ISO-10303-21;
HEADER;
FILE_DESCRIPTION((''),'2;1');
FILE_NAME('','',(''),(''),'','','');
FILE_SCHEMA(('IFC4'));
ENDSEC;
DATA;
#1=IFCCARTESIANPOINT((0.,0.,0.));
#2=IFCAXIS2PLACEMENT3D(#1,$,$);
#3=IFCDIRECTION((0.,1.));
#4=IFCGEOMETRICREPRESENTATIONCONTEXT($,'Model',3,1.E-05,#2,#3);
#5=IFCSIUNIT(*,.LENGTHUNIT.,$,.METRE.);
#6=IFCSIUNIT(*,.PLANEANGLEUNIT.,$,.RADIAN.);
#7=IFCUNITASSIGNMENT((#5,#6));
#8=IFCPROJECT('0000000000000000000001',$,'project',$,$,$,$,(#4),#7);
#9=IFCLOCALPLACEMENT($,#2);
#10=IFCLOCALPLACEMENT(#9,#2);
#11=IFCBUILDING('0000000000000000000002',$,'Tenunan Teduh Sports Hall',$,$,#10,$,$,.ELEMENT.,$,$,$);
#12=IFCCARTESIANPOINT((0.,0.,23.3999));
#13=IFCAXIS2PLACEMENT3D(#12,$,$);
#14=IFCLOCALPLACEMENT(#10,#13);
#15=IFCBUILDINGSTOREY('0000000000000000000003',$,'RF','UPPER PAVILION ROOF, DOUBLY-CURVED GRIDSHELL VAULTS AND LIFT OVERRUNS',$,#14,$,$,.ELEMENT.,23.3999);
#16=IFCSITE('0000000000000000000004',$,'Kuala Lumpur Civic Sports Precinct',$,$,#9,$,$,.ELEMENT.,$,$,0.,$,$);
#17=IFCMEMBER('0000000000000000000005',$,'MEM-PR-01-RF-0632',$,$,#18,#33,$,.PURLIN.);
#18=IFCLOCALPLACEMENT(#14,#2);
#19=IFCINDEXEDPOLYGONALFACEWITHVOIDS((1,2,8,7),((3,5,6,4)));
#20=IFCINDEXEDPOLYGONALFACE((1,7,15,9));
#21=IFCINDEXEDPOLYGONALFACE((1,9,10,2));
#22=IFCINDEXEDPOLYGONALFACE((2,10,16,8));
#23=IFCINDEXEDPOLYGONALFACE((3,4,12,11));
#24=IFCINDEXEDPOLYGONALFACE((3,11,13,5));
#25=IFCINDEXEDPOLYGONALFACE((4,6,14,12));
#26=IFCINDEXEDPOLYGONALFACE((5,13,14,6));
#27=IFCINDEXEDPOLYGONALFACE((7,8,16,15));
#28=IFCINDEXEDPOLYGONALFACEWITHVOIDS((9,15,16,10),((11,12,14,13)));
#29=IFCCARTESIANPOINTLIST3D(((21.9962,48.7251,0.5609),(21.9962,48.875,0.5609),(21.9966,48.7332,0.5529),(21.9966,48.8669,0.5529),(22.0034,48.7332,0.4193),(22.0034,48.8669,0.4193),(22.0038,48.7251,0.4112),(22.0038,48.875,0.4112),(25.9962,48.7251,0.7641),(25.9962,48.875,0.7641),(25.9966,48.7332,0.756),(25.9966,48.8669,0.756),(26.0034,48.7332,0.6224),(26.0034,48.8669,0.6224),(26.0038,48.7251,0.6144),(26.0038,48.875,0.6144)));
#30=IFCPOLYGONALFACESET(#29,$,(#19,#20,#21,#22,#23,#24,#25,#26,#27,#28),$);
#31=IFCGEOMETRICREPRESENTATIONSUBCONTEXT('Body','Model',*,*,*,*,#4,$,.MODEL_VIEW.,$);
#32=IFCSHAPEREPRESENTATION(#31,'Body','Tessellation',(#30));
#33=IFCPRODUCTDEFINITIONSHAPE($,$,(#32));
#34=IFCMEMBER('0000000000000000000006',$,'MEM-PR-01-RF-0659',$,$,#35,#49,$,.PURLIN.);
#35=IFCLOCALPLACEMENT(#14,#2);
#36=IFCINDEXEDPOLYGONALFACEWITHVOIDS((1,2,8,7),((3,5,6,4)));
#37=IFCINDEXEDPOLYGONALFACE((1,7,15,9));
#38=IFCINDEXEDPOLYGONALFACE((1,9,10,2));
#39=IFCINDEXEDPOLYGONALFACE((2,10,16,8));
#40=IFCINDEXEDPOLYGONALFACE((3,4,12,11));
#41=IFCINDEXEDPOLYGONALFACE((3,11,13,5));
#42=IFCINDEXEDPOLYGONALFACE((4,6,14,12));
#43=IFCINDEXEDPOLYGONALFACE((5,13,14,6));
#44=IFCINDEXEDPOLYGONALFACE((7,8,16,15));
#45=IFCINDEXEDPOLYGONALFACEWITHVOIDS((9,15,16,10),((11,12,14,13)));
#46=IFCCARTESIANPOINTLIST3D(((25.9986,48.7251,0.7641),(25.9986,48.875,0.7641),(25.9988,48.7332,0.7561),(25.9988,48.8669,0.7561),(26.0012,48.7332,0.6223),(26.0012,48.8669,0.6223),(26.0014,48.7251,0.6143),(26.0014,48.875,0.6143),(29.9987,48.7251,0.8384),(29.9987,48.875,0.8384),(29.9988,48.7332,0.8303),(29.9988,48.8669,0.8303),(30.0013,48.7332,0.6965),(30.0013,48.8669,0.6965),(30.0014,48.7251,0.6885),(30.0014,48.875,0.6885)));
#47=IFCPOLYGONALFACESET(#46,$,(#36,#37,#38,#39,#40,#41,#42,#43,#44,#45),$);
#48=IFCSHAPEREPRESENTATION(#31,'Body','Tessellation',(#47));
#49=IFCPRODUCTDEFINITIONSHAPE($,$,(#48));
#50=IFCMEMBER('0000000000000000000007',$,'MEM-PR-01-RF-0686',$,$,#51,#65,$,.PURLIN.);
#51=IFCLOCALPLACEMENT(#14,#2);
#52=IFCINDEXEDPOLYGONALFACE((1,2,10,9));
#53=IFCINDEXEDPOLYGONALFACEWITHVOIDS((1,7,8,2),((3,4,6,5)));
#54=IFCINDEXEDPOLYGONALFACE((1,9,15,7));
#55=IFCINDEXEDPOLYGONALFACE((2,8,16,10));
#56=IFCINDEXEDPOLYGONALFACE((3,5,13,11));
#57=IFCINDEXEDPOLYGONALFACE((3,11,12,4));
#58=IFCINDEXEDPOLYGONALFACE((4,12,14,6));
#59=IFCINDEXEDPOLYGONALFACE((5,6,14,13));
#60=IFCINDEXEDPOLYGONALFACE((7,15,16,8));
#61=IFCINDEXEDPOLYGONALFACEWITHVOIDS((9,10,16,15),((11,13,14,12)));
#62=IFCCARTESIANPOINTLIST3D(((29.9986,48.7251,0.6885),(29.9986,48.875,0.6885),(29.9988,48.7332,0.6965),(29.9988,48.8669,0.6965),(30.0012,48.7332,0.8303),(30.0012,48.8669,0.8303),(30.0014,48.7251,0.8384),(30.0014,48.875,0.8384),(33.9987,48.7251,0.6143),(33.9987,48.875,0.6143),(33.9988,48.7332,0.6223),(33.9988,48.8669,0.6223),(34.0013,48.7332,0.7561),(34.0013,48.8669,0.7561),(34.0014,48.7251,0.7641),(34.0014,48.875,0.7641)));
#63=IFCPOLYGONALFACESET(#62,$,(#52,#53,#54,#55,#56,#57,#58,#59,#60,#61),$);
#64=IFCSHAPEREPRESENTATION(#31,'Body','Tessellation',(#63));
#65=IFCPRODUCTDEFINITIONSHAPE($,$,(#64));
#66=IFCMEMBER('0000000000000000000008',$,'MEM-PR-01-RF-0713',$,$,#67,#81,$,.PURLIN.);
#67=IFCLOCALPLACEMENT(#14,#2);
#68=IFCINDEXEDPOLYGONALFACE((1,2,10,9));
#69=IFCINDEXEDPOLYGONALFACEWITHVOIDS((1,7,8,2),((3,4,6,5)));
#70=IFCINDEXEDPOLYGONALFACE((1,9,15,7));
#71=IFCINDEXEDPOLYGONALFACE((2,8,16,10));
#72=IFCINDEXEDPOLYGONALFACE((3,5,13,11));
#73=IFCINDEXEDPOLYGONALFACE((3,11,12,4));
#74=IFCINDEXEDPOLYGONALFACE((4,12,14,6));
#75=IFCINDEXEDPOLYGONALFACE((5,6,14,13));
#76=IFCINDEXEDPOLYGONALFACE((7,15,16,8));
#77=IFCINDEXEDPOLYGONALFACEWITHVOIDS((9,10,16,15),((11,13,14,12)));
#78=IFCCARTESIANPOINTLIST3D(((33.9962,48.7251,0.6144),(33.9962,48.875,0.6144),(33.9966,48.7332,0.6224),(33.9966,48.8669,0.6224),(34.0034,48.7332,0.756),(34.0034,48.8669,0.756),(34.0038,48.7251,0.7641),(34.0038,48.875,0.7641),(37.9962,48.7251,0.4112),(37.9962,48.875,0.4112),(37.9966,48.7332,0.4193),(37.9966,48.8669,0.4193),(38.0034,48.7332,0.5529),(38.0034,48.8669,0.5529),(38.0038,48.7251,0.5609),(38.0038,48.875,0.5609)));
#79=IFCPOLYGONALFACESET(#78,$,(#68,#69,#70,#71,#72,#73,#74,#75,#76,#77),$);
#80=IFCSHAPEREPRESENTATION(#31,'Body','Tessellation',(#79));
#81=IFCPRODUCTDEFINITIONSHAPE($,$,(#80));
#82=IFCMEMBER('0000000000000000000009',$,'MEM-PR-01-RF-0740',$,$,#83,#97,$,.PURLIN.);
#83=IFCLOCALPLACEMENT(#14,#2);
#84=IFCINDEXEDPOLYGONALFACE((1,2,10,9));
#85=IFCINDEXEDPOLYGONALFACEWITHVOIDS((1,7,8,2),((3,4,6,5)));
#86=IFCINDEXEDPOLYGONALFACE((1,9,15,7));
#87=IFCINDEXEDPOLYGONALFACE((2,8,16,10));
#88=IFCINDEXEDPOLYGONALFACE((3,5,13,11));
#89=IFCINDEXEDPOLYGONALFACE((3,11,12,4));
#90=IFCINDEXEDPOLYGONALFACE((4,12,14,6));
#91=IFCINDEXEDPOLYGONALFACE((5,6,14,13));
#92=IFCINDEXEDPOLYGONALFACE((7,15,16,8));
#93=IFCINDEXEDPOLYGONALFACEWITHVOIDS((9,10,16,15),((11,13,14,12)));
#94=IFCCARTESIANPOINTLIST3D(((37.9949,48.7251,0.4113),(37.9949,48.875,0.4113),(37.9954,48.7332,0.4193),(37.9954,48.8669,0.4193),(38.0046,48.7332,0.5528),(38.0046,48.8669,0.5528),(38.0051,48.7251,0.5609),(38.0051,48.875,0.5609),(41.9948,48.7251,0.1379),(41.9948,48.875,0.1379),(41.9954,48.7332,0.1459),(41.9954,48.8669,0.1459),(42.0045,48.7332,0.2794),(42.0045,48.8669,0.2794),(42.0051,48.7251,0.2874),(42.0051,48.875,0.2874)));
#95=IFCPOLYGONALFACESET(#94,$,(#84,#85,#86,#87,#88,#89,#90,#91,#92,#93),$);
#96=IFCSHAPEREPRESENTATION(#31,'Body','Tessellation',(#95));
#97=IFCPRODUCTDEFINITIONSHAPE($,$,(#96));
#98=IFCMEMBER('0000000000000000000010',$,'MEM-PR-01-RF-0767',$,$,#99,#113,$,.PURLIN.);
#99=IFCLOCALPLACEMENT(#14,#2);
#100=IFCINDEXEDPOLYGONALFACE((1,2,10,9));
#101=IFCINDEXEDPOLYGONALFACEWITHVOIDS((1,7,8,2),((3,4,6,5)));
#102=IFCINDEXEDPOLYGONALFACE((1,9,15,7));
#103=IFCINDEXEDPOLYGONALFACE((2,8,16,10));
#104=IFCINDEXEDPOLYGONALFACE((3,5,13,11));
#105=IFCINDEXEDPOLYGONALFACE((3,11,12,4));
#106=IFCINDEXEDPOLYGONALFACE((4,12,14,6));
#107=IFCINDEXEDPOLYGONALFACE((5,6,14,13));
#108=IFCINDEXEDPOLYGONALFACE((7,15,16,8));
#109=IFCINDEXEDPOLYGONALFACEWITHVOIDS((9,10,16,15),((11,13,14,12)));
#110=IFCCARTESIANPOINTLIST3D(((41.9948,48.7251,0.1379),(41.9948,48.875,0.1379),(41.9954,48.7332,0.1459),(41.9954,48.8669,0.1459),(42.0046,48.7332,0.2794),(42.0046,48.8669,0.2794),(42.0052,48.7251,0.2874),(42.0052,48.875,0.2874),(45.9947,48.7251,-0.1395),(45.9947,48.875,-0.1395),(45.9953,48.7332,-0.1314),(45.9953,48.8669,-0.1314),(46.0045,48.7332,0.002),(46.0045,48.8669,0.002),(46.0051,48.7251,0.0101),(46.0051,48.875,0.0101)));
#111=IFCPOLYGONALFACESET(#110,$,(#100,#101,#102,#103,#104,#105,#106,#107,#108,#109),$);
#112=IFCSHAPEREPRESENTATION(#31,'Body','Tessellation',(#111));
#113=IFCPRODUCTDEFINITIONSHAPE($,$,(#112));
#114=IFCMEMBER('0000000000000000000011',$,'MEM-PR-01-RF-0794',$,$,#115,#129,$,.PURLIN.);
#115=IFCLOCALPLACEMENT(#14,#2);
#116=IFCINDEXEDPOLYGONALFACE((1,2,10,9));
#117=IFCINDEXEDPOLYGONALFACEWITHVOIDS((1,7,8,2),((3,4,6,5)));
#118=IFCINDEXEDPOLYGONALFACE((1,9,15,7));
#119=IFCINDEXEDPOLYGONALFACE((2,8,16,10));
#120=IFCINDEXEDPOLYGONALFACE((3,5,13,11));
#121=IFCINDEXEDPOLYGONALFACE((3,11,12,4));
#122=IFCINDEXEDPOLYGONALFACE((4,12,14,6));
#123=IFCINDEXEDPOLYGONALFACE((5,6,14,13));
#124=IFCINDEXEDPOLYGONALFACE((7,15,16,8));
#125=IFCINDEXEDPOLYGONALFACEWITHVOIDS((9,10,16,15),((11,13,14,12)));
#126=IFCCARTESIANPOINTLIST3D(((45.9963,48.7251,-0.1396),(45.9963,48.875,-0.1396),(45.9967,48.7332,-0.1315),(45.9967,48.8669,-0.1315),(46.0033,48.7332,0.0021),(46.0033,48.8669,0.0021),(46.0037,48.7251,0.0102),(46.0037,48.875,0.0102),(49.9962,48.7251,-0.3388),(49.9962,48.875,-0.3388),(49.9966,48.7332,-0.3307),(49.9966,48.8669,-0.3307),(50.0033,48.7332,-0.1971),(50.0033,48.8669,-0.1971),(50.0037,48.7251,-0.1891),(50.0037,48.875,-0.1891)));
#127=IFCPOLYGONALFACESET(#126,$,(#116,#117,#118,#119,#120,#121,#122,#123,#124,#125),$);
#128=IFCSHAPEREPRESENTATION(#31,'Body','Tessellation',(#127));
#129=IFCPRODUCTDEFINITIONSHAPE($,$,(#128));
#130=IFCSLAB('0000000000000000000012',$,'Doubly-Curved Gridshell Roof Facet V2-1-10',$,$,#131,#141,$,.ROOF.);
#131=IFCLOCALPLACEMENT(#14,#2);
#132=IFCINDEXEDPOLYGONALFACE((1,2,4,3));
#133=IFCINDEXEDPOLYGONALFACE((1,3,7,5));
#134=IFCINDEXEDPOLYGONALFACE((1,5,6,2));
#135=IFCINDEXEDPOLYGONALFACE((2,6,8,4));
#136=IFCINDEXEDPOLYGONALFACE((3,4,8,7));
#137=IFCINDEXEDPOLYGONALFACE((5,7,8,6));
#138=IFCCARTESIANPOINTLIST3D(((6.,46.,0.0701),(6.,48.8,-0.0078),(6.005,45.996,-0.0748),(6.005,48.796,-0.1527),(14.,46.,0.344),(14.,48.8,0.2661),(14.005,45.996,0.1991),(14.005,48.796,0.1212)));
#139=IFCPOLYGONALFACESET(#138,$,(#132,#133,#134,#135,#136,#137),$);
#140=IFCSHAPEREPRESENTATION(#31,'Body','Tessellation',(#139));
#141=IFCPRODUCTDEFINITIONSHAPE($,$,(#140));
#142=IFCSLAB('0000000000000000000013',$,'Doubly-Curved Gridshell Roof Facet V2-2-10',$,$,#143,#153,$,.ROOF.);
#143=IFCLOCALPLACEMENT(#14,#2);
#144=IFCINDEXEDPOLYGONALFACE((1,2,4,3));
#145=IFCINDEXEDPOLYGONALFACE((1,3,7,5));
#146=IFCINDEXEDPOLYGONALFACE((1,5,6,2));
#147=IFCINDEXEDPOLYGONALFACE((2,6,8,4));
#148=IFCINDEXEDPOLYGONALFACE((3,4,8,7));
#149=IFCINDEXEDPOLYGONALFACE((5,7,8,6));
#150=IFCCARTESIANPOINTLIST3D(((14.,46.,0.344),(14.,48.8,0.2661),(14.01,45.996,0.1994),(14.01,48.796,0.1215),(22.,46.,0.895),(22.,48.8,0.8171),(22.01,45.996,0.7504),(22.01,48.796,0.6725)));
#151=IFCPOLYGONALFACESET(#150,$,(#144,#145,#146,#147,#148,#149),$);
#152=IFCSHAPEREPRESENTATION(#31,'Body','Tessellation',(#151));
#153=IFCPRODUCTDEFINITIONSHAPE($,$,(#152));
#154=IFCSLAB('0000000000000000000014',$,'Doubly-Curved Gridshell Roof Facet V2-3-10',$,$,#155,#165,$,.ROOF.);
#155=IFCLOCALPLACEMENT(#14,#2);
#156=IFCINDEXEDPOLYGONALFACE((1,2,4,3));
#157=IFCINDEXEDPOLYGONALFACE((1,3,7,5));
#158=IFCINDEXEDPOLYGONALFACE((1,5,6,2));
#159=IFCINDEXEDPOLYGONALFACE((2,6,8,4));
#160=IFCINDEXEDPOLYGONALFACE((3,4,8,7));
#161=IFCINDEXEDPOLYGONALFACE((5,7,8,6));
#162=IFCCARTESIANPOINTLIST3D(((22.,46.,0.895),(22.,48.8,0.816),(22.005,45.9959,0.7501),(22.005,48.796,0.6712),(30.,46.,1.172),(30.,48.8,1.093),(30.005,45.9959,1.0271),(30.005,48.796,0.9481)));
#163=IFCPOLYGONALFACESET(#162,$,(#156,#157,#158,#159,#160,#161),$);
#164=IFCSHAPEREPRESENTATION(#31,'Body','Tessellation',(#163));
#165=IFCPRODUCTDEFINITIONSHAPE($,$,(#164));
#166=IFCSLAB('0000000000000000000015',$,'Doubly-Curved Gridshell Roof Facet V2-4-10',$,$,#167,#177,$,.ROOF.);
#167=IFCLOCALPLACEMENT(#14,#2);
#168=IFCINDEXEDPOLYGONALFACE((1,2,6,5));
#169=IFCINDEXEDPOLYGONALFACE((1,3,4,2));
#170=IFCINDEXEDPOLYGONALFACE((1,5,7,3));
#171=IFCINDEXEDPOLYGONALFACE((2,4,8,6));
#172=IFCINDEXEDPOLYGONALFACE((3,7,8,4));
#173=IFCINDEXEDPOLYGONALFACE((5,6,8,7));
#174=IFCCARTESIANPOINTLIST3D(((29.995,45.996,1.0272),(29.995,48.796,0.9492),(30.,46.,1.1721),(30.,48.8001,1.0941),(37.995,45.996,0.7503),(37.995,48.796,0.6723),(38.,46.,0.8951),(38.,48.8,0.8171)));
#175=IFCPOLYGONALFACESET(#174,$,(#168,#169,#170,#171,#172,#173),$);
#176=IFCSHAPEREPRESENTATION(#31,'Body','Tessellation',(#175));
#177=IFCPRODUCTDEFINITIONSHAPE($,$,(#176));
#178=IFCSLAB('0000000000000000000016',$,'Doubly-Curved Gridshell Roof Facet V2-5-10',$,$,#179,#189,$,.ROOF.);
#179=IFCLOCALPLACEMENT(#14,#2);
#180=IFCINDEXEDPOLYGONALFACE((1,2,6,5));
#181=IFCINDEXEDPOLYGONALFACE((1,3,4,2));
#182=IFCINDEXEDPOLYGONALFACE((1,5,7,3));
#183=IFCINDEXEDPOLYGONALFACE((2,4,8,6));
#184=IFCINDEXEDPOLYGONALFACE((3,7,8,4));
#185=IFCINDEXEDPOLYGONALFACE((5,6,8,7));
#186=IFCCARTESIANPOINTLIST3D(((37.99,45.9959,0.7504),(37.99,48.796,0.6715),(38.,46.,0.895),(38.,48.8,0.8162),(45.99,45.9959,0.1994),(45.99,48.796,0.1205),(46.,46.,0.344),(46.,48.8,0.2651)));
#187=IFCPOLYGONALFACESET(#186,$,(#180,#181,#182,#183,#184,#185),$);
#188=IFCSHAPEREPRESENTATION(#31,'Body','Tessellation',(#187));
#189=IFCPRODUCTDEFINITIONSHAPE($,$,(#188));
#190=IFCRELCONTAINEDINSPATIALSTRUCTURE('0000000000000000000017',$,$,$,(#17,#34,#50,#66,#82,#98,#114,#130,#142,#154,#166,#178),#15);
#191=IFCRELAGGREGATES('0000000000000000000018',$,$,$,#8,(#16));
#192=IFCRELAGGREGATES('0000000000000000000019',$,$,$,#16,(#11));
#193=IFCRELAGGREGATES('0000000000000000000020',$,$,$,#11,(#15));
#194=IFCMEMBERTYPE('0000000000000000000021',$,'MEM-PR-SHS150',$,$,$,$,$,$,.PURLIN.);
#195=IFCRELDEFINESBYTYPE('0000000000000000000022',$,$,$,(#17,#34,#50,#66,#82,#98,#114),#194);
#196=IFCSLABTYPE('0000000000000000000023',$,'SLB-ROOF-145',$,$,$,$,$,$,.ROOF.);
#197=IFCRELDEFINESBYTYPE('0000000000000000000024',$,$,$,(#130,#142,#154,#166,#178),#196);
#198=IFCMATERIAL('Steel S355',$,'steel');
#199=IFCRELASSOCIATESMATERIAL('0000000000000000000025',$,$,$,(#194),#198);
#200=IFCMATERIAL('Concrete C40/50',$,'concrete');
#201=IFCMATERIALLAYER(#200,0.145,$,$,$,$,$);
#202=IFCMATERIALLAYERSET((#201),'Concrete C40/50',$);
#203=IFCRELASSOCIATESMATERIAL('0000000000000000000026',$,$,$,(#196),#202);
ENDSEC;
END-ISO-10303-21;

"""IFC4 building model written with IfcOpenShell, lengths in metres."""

from ifc_helpers import new_model, si_unit, direction, frame, origin, origin_2d, place, context, subcontext, project, spatial, polyline, hollow_rectangle, outline, extrude, material, layer, layer_set, material_profile, profile_set, type_object, element, save


model = new_model("IFC4")

# Units and contexts
model_context = context("Model", 3, precision=1e-05, world=origin(), true_north=direction((0.0, 1.0)))
body_context = subcontext(model_context, "Body", "Model", "MODEL_VIEW")
ifc_project = project(units=[si_unit("LENGTHUNIT", "METRE"), si_unit("PLANEANGLEUNIT", "RADIAN")], contexts=[model_context])

# Site, building, storey
site_placement = place(None, origin())
site = spatial("IfcSite", under=ifc_project, at=site_placement, Name="Kuala Lumpur Civic Sports Precinct", CompositionType="ELEMENT", RefElevation=0.0)
building_placement = place(site_placement, origin())
building = spatial("IfcBuilding", under=site, at=building_placement, Name="Tenunan Teduh Sports Hall", CompositionType="ELEMENT")
storey_placement = place(building_placement, frame((0.0, 0.0, 23.3999)))
storey = spatial("IfcBuildingStorey", under=building, at=storey_placement, Name="RF", Description="UPPER PAVILION ROOF, DOUBLY-CURVED GRIDSHELL VAULTS AND LIFT OVERRUNS", CompositionType="ELEMENT", Elevation=23.3999)

# Members
ifc_material_1 = material(Name="Steel S355", Category="steel")
ifc_material_profile_1 = material_profile(ifc_material_1, hollow_rectangle(XDim=0.1499, YDim=0.1499, WallThickness=0.0081, at=origin_2d()), Name="SHS 150x150x8.0")
ifc_profile_set_1 = profile_set([ifc_material_profile_1], Name="Steel S355")
member_type_1 = type_object("IfcMemberType", Name="MEM-PR-SHS150", PredefinedType="PURLIN", material=ifc_profile_set_1)
member_1_placement = place(storey_placement, frame((22.0, 48.8, 0.4861), z_axis=(0.998713, 0.0, 0.050716), x_axis=(0.0, 1.0, 0.0)))
element("IfcMember", 1, at=member_1_placement, inside=storey, type_object=member_type_1, Name="MEM-PR-01-RF-0632", PredefinedType="PURLIN", context=body_context, shape_type="SweptSolid", body=[
    extrude(hollow_rectangle(XDim=0.1499, YDim=0.1499, WallThickness=0.0081, at=origin_2d()), origin(), (0.0, 0.0, 1.0), 4.0051),
])
for number, where, z_axis, x_axis, name in (
    (2, (26.0, 48.8, 0.6892), (0.999828, 0.0, 0.018551), (0.0, 1.0, 0.0), "MEM-PR-01-RF-0659"),
    (3, (30.0, 48.8, 0.7634), (0.999828, 0.0, -0.018551), (0.0, 1.0, 0.0), "MEM-PR-01-RF-0686"),
):
    element("IfcMember", number, at=place(storey_placement, frame(where, z_axis=z_axis, x_axis=x_axis)), inside=storey, type_object=member_type_1, Name=name, PredefinedType="PURLIN", context=body_context, shape_type="SweptSolid", body=[
        extrude(hollow_rectangle(XDim=0.1499, YDim=0.1499, WallThickness=0.0081, at=origin_2d()), origin(), (0.0, 0.0, 1.0), 4.0007),
    ])
member_2_placement = place(storey_placement, frame((34.0, 48.8, 0.6892), z_axis=(0.998713, 0.0, -0.050716), x_axis=(0.0, 1.0, 0.0)))
element("IfcMember", 4, at=member_2_placement, inside=storey, type_object=member_type_1, Name="MEM-PR-01-RF-0713", PredefinedType="PURLIN", context=body_context, shape_type="SweptSolid", body=[
    extrude(hollow_rectangle(XDim=0.1499, YDim=0.1499, WallThickness=0.0081, at=origin_2d()), origin(), (0.0, 0.0, 1.0), 4.0051),
])
member_3_placement = place(storey_placement, frame((38.0, 48.8, 0.4861), z_axis=(0.997672, 0.0, -0.0682), x_axis=(0.0, 1.0, 0.0)))
element("IfcMember", 5, at=member_3_placement, inside=storey, type_object=member_type_1, Name="MEM-PR-01-RF-0740", PredefinedType="PURLIN", context=body_context, shape_type="SweptSolid", body=[
    extrude(hollow_rectangle(XDim=0.1499, YDim=0.1499, WallThickness=0.0081, at=origin_2d()), origin(), (0.0, 0.0, 1.0), 4.0093),
])
member_4_placement = place(storey_placement, frame((42.0, 48.8, 0.2126), z_axis=(0.997605, 0.0, -0.06917), x_axis=(0.0, 1.0, 0.0)))
element("IfcMember", 6, at=member_4_placement, inside=storey, type_object=member_type_1, Name="MEM-PR-01-RF-0767", PredefinedType="PURLIN", context=body_context, shape_type="SweptSolid", body=[
    extrude(hollow_rectangle(XDim=0.1499, YDim=0.1499, WallThickness=0.0081, at=origin_2d()), origin(), (0.0, 0.0, 1.0), 4.0095),
])
member_5_placement = place(storey_placement, frame((46.0, 48.8, -0.0647), z_axis=(0.998762, 0.0, -0.049743), x_axis=(0.0, 1.0, 0.0)))
element("IfcMember", 7, at=member_5_placement, inside=storey, type_object=member_type_1, Name="MEM-PR-01-RF-0794", PredefinedType="PURLIN", context=body_context, shape_type="SweptSolid", body=[
    extrude(hollow_rectangle(XDim=0.1499, YDim=0.1499, WallThickness=0.0081, at=origin_2d()), origin(), (0.0, 0.0, 1.0), 4.0049),
])

# Slabs
ifc_material_2 = material(Name="Concrete C40/50", Category="concrete")
ifc_layer = layer(ifc_material_2, 0.145)
ifc_layer_set = layer_set([ifc_layer], Name="Concrete C40/50")
slab_type = type_object("IfcSlabType", Name="SLB-ROOF-145", PredefinedType="ROOF", material=ifc_layer_set)
slab_1_placement = place(storey_placement, frame((6.0, 46.0, 0.0701), z_axis=(-0.034207, 0.027787, 0.999028), x_axis=(0.999414, 0.0, 0.034221)))
element("IfcSlab", 8, at=slab_1_placement, inside=storey, type_object=slab_type, Name="Doubly-Curved Gridshell Roof Facet V2-1-10", PredefinedType="ROOF", context=body_context, shape_type="SweptSolid", body=[
    extrude(outline(polyline([(0.0, 0.0), (8.0047, 0.0), (8.002, 2.8011), (-0.0027, 2.8011), (0.0, 0.0)])), origin(), (0.0, 0.0, -1.0), 0.145),
])
slab_2_placement = place(storey_placement, frame((14.0, 46.0, 0.344), z_axis=(-0.068689, 0.027738, 0.997252), x_axis=(0.997636, 0.0, 0.068715)))
element("IfcSlab", 9, at=slab_2_placement, inside=storey, type_object=slab_type, Name="Doubly-Curved Gridshell Roof Facet V2-2-10", PredefinedType="ROOF", context=body_context, shape_type="SweptSolid", body=[
    extrude(outline(polyline([(0.0, 0.0), (8.019, 0.0), (8.0136, 2.8011), (-0.0054, 2.8011), (0.0, 0.0)])), origin(), (0.0, 0.0, -1.0), 0.145),
])
slab_3_placement = place(storey_placement, frame((22.0, 46.0, 0.895), z_axis=(-0.034588, 0.028178, 0.999004), x_axis=(0.999401, 0.0, 0.034601)))
element("IfcSlab", 10, at=slab_3_placement, inside=storey, type_object=slab_type, Name="Doubly-Curved Gridshell Roof Facet V2-3-10", PredefinedType="ROOF", context=body_context, shape_type="SweptSolid", body=[
    extrude(outline(polyline([(0.0, 0.0), (8.0048, 0.0), (8.0021, 2.8012), (-0.0027, 2.8012), (0.0, 0.0)])), origin(), (0.0, 0.0, -1.0), 0.145),
])
slab_4_placement = place(storey_placement, frame((30.0, 46.0, 1.1721), z_axis=(0.034588, 0.02783, 0.999014), x_axis=(0.999401, 0.0, -0.034601)))
element("IfcSlab", 11, at=slab_4_placement, inside=storey, type_object=slab_type, Name="Doubly-Curved Gridshell Roof Facet V2-4-10", PredefinedType="ROOF", context=body_context, shape_type="SweptSolid", body=[
    extrude(outline(polyline([(0.0, 0.0), (8.0048, 0.0), (8.0075, 2.8011), (0.0027, 2.8011), (0.0, 0.0)])), origin(), (0.0, 0.0, -1.0), 0.145),
])
slab_5_placement = place(storey_placement, frame((38.0, 46.0, 0.895), z_axis=(0.068688, 0.028085, 0.997243), x_axis=(0.997636, 0.0, -0.068715)))
element("IfcSlab", 12, at=slab_5_placement, inside=storey, type_object=slab_type, Name="Doubly-Curved Gridshell Roof Facet V2-5-10", PredefinedType="ROOF", context=body_context, shape_type="SweptSolid", body=[
    extrude(outline(polyline([(0.0, 0.0), (8.019, 0.0), (8.0244, 2.8012), (0.0054, 2.8012), (0.0, 0.0)])), origin(), (0.0, 0.0, -1.0), 0.145),
])

save(model, "model.ifc")
